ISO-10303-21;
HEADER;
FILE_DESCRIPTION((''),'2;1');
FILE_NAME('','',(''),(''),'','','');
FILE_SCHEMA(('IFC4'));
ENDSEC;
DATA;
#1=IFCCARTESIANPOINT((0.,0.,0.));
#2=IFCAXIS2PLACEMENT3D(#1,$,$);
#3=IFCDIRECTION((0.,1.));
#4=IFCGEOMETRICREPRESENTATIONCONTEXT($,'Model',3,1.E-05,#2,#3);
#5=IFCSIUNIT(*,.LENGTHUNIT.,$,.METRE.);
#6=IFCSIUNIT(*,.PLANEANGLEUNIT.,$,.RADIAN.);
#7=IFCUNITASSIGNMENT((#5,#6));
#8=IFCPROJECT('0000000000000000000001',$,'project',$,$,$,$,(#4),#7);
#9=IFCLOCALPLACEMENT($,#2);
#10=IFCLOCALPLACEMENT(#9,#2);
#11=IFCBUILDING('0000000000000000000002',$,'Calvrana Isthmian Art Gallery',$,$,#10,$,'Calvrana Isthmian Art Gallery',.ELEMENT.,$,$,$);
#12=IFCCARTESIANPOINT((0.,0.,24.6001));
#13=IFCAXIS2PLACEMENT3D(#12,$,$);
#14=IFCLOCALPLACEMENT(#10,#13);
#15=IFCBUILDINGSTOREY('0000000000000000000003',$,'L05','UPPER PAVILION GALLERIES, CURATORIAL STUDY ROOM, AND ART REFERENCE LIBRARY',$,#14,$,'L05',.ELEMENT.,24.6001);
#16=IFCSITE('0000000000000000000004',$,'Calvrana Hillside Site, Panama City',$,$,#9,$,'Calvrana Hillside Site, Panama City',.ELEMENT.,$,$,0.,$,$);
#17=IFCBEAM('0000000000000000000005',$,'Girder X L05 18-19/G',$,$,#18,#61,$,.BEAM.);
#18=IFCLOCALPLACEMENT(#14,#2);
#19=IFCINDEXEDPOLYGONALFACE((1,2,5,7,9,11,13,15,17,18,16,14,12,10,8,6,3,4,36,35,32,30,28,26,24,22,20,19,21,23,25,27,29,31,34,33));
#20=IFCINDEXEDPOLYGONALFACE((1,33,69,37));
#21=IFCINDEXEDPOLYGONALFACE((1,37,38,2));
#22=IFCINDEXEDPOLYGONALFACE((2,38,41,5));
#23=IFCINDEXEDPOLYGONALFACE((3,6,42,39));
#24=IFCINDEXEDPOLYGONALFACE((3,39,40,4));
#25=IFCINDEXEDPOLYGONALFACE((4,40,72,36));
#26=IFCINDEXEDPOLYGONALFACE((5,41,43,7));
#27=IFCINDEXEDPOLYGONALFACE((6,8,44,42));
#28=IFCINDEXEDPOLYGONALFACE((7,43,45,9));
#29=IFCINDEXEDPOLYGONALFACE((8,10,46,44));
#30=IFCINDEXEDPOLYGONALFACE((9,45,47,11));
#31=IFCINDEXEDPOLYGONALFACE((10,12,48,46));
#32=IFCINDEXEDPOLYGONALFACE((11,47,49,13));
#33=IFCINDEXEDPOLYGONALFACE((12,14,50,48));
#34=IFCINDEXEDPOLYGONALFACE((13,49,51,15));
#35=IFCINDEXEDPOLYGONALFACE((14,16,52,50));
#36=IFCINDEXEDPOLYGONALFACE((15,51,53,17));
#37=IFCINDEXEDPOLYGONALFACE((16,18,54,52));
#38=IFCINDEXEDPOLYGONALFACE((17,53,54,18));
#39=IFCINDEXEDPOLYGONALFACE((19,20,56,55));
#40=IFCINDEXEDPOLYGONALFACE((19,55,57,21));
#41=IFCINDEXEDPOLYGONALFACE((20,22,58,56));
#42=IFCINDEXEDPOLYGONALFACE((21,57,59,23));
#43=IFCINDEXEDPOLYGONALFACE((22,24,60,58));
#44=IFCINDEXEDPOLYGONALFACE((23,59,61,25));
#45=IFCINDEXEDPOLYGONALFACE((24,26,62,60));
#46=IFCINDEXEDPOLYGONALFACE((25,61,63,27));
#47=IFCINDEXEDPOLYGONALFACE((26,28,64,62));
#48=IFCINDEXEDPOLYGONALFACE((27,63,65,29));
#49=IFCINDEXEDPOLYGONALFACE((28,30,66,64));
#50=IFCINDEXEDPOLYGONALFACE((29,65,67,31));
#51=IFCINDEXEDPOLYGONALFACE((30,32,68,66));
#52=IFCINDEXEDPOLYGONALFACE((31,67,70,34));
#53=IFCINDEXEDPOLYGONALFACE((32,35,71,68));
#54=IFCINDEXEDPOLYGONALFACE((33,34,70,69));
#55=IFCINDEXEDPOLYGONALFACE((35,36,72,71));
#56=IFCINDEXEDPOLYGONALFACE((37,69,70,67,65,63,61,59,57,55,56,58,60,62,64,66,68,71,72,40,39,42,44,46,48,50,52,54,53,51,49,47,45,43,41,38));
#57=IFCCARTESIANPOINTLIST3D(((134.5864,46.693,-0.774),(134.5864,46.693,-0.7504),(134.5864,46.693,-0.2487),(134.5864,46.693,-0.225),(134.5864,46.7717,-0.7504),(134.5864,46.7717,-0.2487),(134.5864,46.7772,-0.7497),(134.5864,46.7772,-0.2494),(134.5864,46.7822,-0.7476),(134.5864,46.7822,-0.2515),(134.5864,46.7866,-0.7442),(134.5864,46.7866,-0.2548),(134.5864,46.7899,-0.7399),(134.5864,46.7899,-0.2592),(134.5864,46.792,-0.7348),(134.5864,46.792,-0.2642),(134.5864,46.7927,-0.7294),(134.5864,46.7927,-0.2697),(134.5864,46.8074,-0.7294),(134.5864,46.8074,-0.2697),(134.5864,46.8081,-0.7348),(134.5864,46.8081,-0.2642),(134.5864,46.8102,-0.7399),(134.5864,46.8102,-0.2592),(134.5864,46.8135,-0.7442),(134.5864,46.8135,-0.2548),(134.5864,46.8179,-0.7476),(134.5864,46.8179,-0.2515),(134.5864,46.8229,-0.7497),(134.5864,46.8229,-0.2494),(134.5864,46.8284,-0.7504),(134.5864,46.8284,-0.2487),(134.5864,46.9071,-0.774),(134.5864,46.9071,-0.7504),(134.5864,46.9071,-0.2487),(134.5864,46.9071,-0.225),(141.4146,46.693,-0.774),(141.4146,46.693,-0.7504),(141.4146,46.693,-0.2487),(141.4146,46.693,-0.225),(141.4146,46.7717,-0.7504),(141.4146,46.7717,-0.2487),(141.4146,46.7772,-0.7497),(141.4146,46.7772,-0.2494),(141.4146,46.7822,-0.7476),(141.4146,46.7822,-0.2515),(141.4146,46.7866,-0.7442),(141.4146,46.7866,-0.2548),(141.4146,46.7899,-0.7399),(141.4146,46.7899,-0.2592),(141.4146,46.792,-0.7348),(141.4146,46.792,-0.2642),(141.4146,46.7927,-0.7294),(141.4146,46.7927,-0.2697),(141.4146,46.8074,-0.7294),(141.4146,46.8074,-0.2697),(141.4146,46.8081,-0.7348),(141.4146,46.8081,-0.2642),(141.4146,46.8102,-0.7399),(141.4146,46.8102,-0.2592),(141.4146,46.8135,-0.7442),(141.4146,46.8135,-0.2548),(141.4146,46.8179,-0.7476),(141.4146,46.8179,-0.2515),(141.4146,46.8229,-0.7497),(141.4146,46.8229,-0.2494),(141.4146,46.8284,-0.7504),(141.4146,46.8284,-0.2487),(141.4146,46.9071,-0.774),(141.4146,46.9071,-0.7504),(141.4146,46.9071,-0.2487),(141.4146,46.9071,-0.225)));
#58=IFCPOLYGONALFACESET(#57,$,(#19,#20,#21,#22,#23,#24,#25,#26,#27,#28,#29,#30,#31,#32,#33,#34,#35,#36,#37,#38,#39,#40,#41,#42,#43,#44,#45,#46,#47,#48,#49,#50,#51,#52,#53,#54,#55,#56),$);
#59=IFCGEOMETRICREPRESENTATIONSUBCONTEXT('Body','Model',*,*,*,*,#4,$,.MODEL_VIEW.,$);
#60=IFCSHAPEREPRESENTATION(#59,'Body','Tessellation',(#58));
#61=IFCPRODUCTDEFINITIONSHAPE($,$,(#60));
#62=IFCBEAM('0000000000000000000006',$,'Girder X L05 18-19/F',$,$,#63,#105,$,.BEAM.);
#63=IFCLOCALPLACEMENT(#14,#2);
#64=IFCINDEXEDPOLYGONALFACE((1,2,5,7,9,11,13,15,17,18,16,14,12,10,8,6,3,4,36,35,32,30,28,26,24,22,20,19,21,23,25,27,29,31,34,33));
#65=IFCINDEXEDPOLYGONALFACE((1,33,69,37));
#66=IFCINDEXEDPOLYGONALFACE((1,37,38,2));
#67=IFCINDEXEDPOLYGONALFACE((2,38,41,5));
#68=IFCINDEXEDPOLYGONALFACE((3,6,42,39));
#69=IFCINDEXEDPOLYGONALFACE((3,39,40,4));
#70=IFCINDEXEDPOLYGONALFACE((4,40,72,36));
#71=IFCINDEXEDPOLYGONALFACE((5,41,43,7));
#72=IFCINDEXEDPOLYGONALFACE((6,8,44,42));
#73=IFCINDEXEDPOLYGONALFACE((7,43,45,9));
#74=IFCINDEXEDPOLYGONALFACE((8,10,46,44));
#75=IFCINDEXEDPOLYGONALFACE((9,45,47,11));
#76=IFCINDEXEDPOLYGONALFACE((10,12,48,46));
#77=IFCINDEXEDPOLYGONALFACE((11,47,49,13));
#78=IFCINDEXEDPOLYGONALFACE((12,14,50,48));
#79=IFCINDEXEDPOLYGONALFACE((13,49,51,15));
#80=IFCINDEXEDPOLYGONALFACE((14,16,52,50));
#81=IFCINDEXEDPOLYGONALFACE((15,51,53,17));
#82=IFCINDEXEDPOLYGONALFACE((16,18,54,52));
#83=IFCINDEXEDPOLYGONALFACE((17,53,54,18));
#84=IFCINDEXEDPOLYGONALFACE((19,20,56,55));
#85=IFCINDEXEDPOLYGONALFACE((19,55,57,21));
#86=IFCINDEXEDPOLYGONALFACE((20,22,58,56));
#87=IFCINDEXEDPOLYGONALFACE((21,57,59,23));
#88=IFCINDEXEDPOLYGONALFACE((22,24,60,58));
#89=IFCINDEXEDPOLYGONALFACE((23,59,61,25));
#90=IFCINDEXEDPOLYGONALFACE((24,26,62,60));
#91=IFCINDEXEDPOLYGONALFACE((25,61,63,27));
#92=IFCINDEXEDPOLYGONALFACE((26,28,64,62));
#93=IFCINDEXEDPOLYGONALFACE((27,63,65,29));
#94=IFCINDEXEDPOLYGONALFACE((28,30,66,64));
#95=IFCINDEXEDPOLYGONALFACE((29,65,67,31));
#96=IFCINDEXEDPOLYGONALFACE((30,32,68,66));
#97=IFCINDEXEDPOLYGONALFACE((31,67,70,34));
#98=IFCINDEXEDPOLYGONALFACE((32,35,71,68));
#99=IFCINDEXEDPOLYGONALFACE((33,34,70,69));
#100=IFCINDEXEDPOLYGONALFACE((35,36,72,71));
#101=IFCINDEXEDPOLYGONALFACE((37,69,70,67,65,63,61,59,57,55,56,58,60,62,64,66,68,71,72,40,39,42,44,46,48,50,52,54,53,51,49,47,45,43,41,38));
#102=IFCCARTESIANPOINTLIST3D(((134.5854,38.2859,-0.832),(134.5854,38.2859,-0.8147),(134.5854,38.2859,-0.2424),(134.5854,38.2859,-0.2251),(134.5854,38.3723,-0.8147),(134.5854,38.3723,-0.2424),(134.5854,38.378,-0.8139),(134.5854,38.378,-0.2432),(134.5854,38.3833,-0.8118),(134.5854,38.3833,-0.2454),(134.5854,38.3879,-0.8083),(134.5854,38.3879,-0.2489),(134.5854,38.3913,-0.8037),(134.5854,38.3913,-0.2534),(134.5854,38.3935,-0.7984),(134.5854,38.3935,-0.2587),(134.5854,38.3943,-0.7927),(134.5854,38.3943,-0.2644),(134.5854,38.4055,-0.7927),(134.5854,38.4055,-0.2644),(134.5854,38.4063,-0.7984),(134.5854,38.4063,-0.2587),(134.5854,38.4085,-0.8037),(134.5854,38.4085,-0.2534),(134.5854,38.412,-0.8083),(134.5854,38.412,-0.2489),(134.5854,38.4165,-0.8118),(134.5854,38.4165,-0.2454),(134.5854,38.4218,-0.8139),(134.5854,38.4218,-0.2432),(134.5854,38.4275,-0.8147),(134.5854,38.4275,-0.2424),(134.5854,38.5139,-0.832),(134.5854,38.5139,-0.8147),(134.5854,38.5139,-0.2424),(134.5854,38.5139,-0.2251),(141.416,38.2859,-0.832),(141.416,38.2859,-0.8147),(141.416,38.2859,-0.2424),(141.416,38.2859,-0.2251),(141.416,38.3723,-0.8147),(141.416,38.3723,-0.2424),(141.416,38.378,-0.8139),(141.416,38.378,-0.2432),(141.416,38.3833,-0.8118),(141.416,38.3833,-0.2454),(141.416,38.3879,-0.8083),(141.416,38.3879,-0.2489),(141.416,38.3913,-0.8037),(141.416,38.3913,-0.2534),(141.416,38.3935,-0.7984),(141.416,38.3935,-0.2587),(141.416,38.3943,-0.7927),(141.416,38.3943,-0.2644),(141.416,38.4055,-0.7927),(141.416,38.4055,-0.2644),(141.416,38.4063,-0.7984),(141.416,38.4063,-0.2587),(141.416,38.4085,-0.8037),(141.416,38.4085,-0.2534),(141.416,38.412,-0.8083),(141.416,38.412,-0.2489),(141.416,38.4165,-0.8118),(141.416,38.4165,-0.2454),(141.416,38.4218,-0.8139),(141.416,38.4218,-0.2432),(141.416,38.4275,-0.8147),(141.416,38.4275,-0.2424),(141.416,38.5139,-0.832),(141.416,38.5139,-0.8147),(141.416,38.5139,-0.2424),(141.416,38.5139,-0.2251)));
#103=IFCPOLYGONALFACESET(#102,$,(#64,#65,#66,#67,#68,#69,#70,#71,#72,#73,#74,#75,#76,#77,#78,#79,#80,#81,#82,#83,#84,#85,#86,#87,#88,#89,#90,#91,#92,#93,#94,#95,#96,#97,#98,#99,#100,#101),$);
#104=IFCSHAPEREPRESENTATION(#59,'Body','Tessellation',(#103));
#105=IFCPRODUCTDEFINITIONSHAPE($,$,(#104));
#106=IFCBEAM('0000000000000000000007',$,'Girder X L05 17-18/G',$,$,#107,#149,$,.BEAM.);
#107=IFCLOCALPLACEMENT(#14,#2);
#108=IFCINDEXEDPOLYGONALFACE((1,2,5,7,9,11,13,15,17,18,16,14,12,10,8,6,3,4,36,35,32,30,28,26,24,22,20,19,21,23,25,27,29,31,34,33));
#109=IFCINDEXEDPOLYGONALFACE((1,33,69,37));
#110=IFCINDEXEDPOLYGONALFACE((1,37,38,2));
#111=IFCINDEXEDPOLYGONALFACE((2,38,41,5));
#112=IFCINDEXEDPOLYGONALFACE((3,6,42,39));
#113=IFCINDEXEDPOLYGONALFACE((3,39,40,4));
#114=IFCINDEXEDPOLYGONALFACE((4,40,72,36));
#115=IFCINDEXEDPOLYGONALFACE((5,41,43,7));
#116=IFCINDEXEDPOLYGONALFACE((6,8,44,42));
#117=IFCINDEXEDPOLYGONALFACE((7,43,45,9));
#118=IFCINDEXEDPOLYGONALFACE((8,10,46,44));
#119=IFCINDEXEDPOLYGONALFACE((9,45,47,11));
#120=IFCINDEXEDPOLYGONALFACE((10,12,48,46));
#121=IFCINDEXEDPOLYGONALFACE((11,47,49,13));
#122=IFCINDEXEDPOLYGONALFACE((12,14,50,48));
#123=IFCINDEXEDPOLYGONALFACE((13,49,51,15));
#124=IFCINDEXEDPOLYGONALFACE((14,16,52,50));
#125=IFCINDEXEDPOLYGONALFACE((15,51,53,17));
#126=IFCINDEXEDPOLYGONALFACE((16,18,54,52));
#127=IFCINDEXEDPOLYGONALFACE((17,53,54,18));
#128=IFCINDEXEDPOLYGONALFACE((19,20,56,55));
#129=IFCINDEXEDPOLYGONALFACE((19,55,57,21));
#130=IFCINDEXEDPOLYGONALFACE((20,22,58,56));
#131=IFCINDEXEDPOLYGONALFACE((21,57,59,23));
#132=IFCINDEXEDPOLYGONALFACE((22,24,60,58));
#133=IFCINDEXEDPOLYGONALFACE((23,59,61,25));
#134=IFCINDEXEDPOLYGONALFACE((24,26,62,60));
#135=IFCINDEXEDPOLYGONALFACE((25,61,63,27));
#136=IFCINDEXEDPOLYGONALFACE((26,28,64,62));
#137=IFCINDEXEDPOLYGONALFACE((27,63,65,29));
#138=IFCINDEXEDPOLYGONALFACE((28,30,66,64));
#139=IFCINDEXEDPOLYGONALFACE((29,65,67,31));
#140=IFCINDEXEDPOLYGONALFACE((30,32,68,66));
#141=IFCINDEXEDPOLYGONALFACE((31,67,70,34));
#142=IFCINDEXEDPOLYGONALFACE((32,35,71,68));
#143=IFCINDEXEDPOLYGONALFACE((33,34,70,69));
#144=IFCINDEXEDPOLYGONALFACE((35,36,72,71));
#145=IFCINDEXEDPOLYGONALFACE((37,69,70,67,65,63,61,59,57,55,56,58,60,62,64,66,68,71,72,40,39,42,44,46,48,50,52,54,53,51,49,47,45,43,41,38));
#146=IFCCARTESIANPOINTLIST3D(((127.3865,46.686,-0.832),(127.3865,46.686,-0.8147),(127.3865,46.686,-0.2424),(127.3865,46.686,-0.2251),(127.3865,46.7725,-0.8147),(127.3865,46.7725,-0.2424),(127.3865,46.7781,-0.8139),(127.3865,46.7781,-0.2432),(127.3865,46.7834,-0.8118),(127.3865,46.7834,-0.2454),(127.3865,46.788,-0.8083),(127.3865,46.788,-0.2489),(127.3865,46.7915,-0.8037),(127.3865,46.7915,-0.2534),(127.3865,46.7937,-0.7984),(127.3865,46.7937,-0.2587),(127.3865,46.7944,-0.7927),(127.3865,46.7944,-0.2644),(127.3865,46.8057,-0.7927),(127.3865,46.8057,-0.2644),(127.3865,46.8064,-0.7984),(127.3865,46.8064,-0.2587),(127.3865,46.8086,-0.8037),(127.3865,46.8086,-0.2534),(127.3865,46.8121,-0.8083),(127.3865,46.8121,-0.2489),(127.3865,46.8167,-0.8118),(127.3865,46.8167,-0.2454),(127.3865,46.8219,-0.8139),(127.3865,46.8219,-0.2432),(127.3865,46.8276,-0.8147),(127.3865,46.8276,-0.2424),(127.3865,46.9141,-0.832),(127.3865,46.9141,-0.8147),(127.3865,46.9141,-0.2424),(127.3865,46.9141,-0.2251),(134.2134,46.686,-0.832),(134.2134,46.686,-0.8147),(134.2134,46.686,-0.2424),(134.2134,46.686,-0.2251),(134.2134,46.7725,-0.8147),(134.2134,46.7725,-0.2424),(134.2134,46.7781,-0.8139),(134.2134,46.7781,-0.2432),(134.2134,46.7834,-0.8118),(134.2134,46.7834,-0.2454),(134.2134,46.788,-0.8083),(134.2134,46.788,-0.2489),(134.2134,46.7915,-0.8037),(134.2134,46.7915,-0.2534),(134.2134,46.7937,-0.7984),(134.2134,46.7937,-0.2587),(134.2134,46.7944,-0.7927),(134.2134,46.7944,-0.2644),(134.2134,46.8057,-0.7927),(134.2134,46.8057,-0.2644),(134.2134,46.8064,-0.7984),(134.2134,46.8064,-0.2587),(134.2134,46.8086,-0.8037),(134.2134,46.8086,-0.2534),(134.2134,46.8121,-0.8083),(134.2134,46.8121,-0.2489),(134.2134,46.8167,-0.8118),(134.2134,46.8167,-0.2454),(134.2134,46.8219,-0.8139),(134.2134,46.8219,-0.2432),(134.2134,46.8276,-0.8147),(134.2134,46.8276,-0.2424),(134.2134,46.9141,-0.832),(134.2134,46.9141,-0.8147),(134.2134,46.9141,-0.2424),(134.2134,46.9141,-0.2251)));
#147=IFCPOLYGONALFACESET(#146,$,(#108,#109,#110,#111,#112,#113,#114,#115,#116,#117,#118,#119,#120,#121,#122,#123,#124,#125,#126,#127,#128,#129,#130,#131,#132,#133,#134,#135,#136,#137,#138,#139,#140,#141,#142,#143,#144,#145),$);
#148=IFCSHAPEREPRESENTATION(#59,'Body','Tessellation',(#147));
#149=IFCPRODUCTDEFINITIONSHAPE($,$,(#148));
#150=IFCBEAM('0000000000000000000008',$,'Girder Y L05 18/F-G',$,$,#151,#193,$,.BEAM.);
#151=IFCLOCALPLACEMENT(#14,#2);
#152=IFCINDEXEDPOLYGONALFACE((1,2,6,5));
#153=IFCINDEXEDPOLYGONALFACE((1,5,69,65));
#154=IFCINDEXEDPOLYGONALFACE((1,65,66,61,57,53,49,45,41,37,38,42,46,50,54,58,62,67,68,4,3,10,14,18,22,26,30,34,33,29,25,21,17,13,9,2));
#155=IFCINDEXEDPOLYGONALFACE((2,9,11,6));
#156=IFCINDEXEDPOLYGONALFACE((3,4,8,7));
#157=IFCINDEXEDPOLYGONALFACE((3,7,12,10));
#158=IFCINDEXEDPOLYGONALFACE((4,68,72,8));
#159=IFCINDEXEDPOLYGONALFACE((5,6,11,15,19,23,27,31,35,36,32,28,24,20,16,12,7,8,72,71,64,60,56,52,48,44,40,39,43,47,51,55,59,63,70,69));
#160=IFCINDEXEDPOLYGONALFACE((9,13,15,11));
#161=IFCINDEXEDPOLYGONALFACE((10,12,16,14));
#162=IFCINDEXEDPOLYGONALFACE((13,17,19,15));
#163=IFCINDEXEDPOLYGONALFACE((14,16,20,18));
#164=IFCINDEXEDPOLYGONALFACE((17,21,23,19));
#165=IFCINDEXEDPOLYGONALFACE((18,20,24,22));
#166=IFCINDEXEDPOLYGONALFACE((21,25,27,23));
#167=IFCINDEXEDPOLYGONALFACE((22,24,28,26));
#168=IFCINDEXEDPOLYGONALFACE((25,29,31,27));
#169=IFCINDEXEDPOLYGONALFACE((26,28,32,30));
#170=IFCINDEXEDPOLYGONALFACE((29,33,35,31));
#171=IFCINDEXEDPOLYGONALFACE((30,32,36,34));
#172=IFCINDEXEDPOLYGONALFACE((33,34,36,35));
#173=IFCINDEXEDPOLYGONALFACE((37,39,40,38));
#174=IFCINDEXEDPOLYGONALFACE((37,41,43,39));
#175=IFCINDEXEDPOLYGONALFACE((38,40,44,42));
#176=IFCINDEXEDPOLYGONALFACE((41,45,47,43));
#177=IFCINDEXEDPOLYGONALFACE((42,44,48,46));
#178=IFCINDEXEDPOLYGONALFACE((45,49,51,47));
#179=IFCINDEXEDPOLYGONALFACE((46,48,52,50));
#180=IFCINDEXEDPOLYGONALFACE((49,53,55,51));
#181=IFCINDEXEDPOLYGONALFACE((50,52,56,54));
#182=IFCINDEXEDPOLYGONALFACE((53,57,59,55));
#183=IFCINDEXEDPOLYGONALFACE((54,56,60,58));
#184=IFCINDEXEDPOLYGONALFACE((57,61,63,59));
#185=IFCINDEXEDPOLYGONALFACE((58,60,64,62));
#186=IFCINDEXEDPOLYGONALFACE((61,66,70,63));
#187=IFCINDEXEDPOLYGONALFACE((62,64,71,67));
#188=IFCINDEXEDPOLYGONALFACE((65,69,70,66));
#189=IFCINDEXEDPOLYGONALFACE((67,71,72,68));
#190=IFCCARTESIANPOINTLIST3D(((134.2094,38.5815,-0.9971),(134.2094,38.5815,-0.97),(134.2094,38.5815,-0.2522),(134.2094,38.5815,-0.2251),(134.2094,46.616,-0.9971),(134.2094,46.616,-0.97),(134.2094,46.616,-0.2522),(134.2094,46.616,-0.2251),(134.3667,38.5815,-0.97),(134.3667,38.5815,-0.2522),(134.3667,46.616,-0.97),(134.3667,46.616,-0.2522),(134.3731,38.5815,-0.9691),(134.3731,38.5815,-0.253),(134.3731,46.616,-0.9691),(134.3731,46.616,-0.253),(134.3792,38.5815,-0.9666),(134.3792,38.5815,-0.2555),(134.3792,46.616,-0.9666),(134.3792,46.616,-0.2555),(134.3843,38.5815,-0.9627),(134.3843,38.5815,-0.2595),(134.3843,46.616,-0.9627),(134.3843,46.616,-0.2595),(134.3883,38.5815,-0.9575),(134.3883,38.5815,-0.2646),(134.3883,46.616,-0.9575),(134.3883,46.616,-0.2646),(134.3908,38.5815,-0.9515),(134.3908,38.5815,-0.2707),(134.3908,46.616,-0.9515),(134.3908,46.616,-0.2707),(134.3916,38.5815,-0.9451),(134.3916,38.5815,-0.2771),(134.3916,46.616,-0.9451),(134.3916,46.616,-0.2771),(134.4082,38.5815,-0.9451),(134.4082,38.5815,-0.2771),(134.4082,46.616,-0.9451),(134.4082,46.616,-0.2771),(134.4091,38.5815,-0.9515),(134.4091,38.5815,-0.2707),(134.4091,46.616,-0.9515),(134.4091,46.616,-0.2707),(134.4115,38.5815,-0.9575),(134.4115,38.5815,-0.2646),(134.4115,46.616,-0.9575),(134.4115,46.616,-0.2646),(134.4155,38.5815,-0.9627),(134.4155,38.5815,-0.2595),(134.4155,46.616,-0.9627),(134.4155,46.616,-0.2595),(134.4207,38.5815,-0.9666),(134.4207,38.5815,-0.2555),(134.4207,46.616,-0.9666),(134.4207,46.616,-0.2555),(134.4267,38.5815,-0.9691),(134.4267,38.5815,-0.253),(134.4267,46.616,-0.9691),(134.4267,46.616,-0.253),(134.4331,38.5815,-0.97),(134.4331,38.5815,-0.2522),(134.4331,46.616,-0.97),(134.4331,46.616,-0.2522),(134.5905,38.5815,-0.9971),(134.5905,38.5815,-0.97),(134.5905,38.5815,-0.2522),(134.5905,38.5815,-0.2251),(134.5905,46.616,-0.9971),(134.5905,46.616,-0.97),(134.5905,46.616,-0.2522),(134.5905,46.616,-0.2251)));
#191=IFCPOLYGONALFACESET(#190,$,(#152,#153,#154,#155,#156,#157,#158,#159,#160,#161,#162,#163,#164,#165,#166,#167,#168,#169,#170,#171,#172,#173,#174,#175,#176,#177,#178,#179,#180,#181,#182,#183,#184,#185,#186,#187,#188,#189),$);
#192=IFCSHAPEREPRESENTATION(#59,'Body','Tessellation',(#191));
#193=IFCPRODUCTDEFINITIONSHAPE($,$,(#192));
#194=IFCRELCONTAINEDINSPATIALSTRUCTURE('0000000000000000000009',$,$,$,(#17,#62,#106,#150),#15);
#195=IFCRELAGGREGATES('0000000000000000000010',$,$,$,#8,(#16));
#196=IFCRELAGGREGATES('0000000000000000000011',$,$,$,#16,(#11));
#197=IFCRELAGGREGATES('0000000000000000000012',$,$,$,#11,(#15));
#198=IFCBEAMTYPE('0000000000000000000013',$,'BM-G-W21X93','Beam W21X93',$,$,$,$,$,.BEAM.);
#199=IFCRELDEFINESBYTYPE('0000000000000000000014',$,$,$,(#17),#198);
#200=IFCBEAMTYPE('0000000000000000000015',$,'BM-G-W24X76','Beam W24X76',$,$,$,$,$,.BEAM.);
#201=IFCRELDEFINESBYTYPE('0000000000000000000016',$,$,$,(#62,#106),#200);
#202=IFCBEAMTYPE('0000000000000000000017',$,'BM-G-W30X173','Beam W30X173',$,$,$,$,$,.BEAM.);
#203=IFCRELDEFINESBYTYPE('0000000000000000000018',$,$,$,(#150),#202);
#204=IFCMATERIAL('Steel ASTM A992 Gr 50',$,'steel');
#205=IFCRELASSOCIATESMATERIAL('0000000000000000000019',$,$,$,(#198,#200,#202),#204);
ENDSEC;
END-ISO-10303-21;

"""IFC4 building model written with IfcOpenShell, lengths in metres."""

from ifc_helpers import new_model, si_unit, direction, frame, origin, origin_2d, place, context, subcontext, project, spatial, i_section, extrude, material, material_profile, profile_set, type_object, element, save


model = new_model("IFC4")

# Units and contexts
model_context = context("Model", 3, precision=1e-05, world=origin(), true_north=direction((0.0, 1.0)))
body_context = subcontext(model_context, "Body", "Model", "MODEL_VIEW")
ifc_project = project(units=[si_unit("LENGTHUNIT", "METRE"), si_unit("PLANEANGLEUNIT", "RADIAN")], contexts=[model_context])

# Site, building, storey
site_placement = place(None, origin())
site = spatial("IfcSite", under=ifc_project, at=site_placement, Name="Calvrana Hillside Site, Panama City", LongName="Calvrana Hillside Site, Panama City", CompositionType="ELEMENT", RefElevation=0.0)
building_placement = place(site_placement, origin())
building = spatial("IfcBuilding", under=site, at=building_placement, Name="Calvrana Isthmian Art Gallery", LongName="Calvrana Isthmian Art Gallery", CompositionType="ELEMENT")
storey_placement = place(building_placement, frame((0.0, 0.0, 24.6001)))
storey = spatial("IfcBuildingStorey", under=building, at=storey_placement, Name="L05", Description="UPPER PAVILION GALLERIES, CURATORIAL STUDY ROOM, AND ART REFERENCE LIBRARY", LongName="L05", CompositionType="ELEMENT", Elevation=24.6001)

# Beams
ifc_material_1 = material(Name="Steel ASTM A992 Gr 50", Category="steel")
ifc_material_profile_1 = material_profile(ifc_material_1, i_section(OverallWidth=0.2141, OverallDepth=0.5491, WebThickness=0.0146, FlangeThickness=0.0237, FilletRadius=0.021, at=origin_2d()), Name="W21X93")
ifc_profile_set_1 = profile_set([ifc_material_profile_1], Name="Steel ASTM A992 Gr 50")
beam_type_1 = type_object("IfcBeamType", Name="BM-G-W21X93", Description="Beam W21X93", PredefinedType="BEAM", material=ifc_profile_set_1)
beam_1_placement = place(storey_placement, frame((134.5864, 46.8, -0.4995), z_axis=(1.0, 0.0, 0.0), x_axis=(0.0, 1.0, 0.0)))
element("IfcBeam", 1, at=beam_1_placement, inside=storey, type_object=beam_type_1, Name="Girder X L05 18-19/G", PredefinedType="BEAM", context=body_context, shape_type="SweptSolid", body=[
    extrude(i_section(OverallWidth=0.2141, OverallDepth=0.5491, WebThickness=0.0146, FlangeThickness=0.0237, FilletRadius=0.021, at=origin_2d()), origin(), (0.0, 0.0, 1.0), 6.8281),
])
ifc_material_profile_2 = material_profile(ifc_material_1, i_section(OverallWidth=0.228, OverallDepth=0.6069, WebThickness=0.0112, FlangeThickness=0.0173, FilletRadius=0.022, at=origin_2d()), Name="W24X76")
ifc_profile_set_2 = profile_set([ifc_material_profile_2], Name="Steel ASTM A992 Gr 50")
beam_type_2 = type_object("IfcBeamType", Name="BM-G-W24X76", Description="Beam W24X76", PredefinedType="BEAM", material=ifc_profile_set_2)
beam_2_placement = place(storey_placement, frame((134.5854, 38.3999, -0.5286), z_axis=(1.0, 0.0, 0.0), x_axis=(0.0, 1.0, 0.0)))
element("IfcBeam", 2, at=beam_2_placement, inside=storey, type_object=beam_type_2, Name="Girder X L05 18-19/F", PredefinedType="BEAM", context=body_context, shape_type="SweptSolid", body=[
    extrude(i_section(OverallWidth=0.228, OverallDepth=0.6069, WebThickness=0.0112, FlangeThickness=0.0173, FilletRadius=0.022, at=origin_2d()), origin(), (0.0, 0.0, 1.0), 6.8306),
])
beam_3_placement = place(storey_placement, frame((127.3865, 46.8, -0.5286), z_axis=(1.0, 0.0, 0.0), x_axis=(0.0, 1.0, 0.0)))
element("IfcBeam", 3, at=beam_3_placement, inside=storey, type_object=beam_type_2, Name="Girder X L05 17-18/G", PredefinedType="BEAM", context=body_context, shape_type="SweptSolid", body=[
    extrude(i_section(OverallWidth=0.228, OverallDepth=0.6069, WebThickness=0.0112, FlangeThickness=0.0173, FilletRadius=0.022, at=origin_2d()), origin(), (0.0, 0.0, 1.0), 6.8269),
])
ifc_material_profile_3 = material_profile(ifc_material_1, i_section(OverallWidth=0.3811, OverallDepth=0.772, WebThickness=0.0166, FlangeThickness=0.0271, FilletRadius=0.0249, at=origin_2d()), Name="W30X173")
ifc_profile_set_3 = profile_set([ifc_material_profile_3], Name="Steel ASTM A992 Gr 50")
beam_type_3 = type_object("IfcBeamType", Name="BM-G-W30X173", Description="Beam W30X173", PredefinedType="BEAM", material=ifc_profile_set_3)
beam_4_placement = place(storey_placement, frame((134.3999, 38.5815, -0.6111), z_axis=(0.0, 1.0, 0.0), x_axis=(-1.0, 0.0, 0.0)))
element("IfcBeam", 4, at=beam_4_placement, inside=storey, type_object=beam_type_3, Name="Girder Y L05 18/F-G", PredefinedType="BEAM", context=body_context, shape_type="SweptSolid", body=[
    extrude(i_section(OverallWidth=0.3811, OverallDepth=0.772, WebThickness=0.0166, FlangeThickness=0.0271, FilletRadius=0.0249, at=origin_2d()), origin(), (0.0, 0.0, 1.0), 8.0344),
])

save(model, "model.ifc")
